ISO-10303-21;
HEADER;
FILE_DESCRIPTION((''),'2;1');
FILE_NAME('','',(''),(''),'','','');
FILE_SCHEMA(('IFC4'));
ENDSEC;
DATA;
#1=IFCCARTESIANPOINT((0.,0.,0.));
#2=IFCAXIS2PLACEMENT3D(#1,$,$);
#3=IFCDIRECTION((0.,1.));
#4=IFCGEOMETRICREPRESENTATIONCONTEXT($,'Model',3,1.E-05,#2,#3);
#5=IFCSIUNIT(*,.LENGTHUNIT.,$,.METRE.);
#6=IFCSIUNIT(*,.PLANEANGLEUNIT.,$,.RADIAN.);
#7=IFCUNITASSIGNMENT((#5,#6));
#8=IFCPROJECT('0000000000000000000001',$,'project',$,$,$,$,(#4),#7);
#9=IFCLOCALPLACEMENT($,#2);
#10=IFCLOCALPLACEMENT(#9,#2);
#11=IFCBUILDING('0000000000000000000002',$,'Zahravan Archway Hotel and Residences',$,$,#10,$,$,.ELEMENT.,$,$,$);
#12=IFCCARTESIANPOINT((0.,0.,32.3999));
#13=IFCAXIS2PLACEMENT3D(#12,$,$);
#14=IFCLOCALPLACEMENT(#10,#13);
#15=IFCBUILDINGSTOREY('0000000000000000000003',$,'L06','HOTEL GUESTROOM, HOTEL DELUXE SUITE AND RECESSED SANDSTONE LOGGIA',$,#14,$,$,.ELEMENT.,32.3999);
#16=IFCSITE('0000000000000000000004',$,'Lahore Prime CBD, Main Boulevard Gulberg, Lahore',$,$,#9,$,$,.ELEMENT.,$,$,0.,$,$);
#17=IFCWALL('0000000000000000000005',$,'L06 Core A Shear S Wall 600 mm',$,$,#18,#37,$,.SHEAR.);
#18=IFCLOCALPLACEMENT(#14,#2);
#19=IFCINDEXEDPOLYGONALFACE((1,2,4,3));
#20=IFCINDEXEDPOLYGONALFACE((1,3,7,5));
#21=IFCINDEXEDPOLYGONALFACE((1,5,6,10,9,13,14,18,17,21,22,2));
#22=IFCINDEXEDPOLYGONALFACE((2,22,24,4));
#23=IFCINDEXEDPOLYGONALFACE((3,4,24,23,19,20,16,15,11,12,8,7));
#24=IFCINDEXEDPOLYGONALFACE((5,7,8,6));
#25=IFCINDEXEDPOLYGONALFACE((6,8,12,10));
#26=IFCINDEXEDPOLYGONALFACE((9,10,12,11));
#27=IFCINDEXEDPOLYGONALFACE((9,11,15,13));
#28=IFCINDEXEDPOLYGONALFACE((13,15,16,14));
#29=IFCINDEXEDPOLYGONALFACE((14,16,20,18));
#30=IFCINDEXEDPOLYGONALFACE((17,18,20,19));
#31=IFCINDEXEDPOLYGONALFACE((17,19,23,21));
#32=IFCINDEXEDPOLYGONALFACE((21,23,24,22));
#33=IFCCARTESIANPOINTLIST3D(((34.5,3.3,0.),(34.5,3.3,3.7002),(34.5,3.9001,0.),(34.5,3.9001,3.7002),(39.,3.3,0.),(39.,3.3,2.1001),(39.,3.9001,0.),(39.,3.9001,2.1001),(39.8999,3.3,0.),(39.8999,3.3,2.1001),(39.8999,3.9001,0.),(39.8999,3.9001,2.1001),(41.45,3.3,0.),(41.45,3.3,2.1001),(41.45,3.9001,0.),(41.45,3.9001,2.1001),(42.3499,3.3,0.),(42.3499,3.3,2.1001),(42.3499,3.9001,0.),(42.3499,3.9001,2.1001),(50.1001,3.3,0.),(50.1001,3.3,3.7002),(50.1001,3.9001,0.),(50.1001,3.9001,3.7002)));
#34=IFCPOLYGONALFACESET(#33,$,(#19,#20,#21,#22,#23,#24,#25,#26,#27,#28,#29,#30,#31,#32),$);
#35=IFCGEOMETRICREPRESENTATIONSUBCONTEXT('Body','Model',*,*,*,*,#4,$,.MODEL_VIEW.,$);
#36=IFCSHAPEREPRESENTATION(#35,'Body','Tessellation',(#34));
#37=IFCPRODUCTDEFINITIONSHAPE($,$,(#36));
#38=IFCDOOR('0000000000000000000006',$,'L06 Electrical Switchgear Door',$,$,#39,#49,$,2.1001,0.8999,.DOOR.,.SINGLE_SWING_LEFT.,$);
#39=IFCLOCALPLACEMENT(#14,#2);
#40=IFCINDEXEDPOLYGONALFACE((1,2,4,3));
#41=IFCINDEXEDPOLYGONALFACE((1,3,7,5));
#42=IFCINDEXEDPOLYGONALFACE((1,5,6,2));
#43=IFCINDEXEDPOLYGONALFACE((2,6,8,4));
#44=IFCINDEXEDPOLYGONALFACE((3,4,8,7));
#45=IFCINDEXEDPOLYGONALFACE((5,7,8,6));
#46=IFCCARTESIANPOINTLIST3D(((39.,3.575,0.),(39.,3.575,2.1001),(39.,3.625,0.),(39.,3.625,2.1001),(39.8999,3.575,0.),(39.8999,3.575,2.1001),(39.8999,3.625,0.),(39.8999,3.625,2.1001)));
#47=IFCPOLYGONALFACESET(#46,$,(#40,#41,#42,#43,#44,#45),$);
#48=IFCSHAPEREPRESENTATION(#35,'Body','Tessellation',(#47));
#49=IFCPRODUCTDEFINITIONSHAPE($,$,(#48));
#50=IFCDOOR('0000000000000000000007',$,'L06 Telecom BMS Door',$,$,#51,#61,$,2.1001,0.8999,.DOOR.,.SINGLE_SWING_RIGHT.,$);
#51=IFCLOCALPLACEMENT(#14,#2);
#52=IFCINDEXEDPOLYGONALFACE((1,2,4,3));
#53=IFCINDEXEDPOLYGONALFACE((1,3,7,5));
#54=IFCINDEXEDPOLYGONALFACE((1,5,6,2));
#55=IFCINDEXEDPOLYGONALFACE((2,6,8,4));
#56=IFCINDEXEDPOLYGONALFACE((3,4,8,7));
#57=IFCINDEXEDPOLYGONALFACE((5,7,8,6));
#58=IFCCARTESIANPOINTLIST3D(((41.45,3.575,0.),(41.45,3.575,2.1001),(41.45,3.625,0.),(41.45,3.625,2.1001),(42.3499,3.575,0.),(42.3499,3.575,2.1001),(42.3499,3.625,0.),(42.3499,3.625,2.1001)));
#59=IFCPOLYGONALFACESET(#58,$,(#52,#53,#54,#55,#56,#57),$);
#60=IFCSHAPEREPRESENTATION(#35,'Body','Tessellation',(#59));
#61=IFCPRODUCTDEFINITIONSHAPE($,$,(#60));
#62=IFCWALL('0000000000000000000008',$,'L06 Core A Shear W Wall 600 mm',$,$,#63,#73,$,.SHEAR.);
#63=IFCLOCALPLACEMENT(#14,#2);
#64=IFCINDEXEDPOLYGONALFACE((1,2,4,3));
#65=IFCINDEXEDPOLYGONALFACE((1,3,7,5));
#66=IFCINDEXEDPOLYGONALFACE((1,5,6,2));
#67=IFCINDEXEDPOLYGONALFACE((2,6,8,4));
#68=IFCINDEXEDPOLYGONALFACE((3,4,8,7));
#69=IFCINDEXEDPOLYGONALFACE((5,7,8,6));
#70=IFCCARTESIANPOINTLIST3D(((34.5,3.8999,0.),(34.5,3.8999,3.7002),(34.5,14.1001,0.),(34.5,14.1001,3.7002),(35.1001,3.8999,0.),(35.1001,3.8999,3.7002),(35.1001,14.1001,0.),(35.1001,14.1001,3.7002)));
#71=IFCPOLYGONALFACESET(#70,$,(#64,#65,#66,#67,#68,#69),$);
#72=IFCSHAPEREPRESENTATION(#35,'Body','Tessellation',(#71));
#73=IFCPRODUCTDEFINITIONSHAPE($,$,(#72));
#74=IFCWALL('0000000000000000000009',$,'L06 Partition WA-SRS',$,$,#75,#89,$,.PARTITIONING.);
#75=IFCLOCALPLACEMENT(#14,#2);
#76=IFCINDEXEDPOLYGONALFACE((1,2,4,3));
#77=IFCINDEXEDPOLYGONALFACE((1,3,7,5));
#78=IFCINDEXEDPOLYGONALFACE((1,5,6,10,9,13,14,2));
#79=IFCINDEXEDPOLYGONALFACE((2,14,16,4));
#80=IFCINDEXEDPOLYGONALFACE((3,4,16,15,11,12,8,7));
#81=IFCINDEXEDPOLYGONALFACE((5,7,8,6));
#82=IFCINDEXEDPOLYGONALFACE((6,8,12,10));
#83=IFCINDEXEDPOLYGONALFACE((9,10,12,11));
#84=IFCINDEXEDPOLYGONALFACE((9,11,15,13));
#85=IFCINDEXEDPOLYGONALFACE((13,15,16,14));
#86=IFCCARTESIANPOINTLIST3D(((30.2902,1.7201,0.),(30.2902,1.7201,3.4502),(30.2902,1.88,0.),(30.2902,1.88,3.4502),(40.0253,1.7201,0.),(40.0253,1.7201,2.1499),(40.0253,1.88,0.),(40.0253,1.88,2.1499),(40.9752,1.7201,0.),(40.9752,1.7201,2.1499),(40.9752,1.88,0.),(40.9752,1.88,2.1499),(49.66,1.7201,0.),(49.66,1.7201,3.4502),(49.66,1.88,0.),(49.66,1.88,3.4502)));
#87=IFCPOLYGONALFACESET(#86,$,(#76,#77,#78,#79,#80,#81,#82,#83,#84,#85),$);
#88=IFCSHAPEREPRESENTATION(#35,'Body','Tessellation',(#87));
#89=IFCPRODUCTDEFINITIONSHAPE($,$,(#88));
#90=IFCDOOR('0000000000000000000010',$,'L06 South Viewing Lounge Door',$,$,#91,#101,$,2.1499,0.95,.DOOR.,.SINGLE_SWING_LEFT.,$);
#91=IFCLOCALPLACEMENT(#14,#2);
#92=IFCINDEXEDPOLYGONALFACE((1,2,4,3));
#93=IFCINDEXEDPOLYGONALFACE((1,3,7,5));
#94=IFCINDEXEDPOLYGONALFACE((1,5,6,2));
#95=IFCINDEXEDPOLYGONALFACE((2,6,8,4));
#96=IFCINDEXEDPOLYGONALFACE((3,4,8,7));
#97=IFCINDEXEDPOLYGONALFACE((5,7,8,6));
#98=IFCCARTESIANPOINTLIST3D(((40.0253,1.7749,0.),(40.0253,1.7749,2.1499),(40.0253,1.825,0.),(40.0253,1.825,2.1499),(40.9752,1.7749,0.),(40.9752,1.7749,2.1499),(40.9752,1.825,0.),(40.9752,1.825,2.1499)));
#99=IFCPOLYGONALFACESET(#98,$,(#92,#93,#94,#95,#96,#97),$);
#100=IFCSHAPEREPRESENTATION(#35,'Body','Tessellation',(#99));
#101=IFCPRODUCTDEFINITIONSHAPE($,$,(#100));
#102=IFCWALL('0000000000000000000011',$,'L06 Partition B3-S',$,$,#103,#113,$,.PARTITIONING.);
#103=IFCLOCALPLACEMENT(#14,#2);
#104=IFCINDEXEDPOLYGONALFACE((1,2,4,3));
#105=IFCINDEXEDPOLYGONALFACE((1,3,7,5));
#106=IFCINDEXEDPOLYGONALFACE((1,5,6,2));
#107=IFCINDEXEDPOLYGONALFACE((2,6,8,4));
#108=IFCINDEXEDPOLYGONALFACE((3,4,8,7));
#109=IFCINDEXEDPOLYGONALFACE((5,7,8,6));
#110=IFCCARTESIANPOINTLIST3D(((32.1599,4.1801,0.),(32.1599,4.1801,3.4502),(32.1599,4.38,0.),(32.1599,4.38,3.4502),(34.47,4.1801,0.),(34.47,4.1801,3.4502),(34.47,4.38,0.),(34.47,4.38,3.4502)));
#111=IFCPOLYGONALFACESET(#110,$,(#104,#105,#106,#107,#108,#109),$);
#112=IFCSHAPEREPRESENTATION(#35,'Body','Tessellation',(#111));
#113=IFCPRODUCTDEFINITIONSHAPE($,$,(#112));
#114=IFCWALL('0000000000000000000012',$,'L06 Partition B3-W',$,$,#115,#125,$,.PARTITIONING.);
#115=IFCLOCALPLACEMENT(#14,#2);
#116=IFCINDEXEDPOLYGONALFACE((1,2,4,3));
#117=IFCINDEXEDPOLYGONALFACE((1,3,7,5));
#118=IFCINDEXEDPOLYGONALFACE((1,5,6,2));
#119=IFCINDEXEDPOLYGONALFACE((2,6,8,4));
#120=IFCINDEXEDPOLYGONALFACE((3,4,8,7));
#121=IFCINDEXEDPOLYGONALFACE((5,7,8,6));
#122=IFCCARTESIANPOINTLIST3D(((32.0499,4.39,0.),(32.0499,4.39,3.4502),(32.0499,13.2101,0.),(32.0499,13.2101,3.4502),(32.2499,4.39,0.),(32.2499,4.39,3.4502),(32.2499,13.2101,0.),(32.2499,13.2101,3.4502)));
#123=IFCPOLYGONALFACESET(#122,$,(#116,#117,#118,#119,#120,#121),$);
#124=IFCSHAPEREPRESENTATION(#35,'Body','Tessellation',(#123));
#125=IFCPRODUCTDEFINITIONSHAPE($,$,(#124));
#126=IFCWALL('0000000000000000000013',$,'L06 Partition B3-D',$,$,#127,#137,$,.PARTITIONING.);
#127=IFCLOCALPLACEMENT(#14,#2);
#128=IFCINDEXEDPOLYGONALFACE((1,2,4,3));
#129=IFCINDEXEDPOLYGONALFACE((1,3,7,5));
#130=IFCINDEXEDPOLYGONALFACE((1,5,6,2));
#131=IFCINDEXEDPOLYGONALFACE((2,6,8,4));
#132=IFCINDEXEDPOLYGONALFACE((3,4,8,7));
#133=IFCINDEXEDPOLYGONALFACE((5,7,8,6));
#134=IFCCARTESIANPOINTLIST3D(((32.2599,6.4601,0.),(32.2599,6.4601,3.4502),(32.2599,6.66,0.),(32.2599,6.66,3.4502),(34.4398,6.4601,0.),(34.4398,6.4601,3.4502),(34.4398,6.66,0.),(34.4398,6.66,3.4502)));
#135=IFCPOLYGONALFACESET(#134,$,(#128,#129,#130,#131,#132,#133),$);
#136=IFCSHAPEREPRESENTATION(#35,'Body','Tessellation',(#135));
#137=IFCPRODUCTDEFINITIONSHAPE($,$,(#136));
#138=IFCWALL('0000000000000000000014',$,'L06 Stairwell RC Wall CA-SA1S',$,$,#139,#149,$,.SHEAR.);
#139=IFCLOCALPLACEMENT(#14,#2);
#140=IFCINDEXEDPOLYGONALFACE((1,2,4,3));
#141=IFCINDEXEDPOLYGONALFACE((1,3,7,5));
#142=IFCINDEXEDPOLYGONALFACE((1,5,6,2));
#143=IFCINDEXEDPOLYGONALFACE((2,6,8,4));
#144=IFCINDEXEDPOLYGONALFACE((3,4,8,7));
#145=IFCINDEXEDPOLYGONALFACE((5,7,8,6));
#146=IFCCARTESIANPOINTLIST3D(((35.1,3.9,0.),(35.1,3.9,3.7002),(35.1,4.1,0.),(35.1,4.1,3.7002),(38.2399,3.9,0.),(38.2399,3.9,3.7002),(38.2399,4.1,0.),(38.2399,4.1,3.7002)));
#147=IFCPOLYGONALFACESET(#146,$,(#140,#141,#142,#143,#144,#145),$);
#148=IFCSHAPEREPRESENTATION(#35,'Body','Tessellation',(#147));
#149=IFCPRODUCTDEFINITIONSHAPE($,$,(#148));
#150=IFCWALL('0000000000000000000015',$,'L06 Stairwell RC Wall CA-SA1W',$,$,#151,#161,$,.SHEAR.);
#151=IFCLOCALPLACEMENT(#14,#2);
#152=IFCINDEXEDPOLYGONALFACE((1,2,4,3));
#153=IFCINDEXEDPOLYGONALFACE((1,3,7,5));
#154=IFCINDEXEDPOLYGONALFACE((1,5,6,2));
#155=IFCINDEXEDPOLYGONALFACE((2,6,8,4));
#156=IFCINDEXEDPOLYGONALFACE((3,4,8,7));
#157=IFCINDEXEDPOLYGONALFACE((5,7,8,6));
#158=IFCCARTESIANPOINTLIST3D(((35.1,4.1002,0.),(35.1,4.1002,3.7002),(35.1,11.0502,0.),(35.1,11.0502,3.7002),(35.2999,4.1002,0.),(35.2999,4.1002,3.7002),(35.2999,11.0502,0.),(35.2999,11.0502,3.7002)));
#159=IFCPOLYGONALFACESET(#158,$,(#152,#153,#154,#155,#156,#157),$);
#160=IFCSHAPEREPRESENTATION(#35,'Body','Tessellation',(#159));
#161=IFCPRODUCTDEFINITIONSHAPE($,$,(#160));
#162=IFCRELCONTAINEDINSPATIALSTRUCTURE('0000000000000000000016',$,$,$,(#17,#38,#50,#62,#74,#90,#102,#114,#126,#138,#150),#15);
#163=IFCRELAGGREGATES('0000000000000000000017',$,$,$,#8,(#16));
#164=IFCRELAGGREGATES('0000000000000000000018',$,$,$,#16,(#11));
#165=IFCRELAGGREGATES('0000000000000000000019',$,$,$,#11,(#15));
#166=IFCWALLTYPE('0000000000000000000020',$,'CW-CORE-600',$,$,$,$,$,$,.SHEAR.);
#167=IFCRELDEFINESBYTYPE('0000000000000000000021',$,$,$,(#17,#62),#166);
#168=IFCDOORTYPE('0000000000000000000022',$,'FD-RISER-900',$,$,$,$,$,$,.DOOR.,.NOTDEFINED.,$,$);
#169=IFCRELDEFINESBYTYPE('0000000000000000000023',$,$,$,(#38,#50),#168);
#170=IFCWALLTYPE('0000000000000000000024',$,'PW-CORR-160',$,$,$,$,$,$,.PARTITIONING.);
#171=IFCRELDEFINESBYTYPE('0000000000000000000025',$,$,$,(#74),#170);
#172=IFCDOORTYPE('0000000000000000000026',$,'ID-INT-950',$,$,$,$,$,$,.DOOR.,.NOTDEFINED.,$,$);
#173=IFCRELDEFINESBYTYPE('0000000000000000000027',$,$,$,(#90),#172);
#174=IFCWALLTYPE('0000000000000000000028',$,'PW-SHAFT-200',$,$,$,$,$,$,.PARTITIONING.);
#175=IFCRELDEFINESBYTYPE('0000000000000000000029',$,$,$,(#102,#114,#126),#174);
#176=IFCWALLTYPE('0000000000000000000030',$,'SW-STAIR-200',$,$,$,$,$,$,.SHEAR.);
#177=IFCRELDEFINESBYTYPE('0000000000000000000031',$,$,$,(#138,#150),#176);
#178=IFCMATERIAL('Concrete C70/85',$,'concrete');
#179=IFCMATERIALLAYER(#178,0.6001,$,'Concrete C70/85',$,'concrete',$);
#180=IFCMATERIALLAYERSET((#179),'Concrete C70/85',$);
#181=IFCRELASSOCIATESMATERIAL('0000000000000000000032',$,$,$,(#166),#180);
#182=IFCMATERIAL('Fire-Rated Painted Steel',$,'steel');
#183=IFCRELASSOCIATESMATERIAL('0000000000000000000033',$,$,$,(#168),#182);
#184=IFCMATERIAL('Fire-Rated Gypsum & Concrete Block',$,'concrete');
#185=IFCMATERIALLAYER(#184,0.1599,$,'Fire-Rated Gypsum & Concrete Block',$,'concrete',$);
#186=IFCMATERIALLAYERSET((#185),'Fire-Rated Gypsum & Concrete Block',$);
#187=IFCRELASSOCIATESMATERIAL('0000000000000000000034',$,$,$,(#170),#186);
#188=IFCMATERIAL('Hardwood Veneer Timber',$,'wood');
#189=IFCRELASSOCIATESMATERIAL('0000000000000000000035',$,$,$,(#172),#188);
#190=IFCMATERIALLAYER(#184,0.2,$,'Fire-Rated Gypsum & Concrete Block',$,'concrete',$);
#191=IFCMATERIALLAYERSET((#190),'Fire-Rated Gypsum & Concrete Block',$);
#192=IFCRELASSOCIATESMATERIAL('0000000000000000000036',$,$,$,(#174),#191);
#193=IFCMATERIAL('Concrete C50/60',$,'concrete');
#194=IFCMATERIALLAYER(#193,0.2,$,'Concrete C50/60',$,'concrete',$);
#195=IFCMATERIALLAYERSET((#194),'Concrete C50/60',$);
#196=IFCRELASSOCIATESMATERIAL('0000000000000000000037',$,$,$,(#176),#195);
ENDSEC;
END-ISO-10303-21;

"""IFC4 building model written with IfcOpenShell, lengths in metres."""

from ifc_helpers import new_model, si_unit, direction, frame, frame_2d, origin, place, context, subcontext, project, spatial, rectangle, extrude, source, transform, mapped, material, layer, layer_set, type_object, type_shapes, element, fill, save


model = new_model("IFC4")

# Units and contexts
model_context = context("Model", 3, precision=1e-05, world=origin(), true_north=direction((0.0, 1.0)))
body_context = subcontext(model_context, "Body", "Model", "MODEL_VIEW")
ifc_project = project(units=[si_unit("LENGTHUNIT", "METRE"), si_unit("PLANEANGLEUNIT", "RADIAN")], contexts=[model_context])

# Site, building, storey
site_placement = place(None, origin())
site = spatial("IfcSite", under=ifc_project, at=site_placement, Name="Lahore Prime CBD, Main Boulevard Gulberg, Lahore", CompositionType="ELEMENT", RefElevation=0.0)
building_placement = place(site_placement, origin())
building = spatial("IfcBuilding", under=site, at=building_placement, Name="Zahravan Archway Hotel and Residences", CompositionType="ELEMENT")
storey_placement = place(building_placement, frame((0.0, 0.0, 32.3999)))
storey = spatial("IfcBuildingStorey", under=building, at=storey_placement, Name="L06", Description="HOTEL GUESTROOM, HOTEL DELUXE SUITE AND RECESSED SANDSTONE LOGGIA", CompositionType="ELEMENT", Elevation=32.3999)

# Shared definitions
ifc_material_1 = material(Name="Concrete C70/85", Category="concrete")

# Wall, openings, doors
ifc_layer_1 = layer(ifc_material_1, 0.6001, Name="Concrete C70/85", Category="concrete")
ifc_layer_set_1 = layer_set([ifc_layer_1], Name="Concrete C70/85")
wall_type_1 = type_object("IfcWallType", Name="CW-CORE-600", PredefinedType="SHEAR", material=ifc_layer_set_1)
wall_1_placement = place(storey_placement, frame((34.5, 3.6001, 0.0), z_axis=(0.0, 0.0, 1.0), x_axis=(1.0, 0.0, 0.0)))
wall_1 = element("IfcWall", 1, at=wall_1_placement, inside=storey, type_object=wall_type_1, Name="L06 Core A Shear S Wall 600 mm", PredefinedType="SHEAR", context=body_context, shape_type="SweptSolid", body=[
    extrude(rectangle(XDim=15.6001, YDim=0.6001, at=frame_2d((7.8, 0.0))), origin(), (0.0, 0.0, 1.0), 3.7002),
])
opening_1_placement = place(wall_1_placement, frame((4.5, 0.0, 0.0)))
opening_1 = element("IfcOpeningElement", 2, at=opening_1_placement, cuts=wall_1, PredefinedType="OPENING", context=body_context, shape_type="SweptSolid", body=[
    extrude(rectangle(XDim=0.8999, YDim=2.1001, at=frame_2d((0.45, 1.05))), frame((0.0, 0.3101, 0.0), z_axis=(0.0, -1.0, 0.0), x_axis=(1.0, 0.0, 0.0)), (0.0, 0.0, 1.0), 0.6201),
])
opening_2_placement = place(wall_1_placement, frame((6.95, 0.0, 0.0)))
opening_2 = element("IfcOpeningElement", 3, at=opening_2_placement, cuts=wall_1, PredefinedType="OPENING", context=body_context, shape_type="SweptSolid", body=[
    extrude(rectangle(XDim=0.8999, YDim=2.1001, at=frame_2d((0.45, 1.05))), frame((0.0, 0.3101, 0.0), z_axis=(0.0, -1.0, 0.0), x_axis=(1.0, 0.0, 0.0)), (0.0, 0.0, 1.0), 0.6201),
])
ifc_material_2 = material(Name="Fire-Rated Painted Steel", Category="steel")
door_type_1 = type_object("IfcDoorType", Name="FD-RISER-900", OperationType="NOTDEFINED", PredefinedType="DOOR", material=ifc_material_2)
shared_shape_1 = source(origin(), body_context, "Body", "SweptSolid", [
    extrude(rectangle(XDim=0.8999, YDim=2.1001, at=frame_2d((0.45, 1.05))), frame((0.0, 0.0249, 0.0), z_axis=(0.0, -1.0, 0.0), x_axis=(1.0, 0.0, 0.0)), (0.0, 0.0, 1.0), 0.05),
])
type_shapes(door_type_1, [shared_shape_1])
door_1_placement = place(opening_1_placement, origin())
door_1 = element("IfcDoor", 4, at=door_1_placement, inside=storey, type_object=door_type_1, Name="L06 Electrical Switchgear Door", OperationType="SINGLE_SWING_LEFT", OverallHeight=2.1001, OverallWidth=0.8999, PredefinedType="DOOR", context=body_context, shape_type="MappedRepresentation", body=[
    mapped(shared_shape_1, transform((0.0, 0.0, 0.0), scale=1.0)),
])
fill(opening_1, door_1)
door_2_placement = place(opening_2_placement, origin())
door_2 = element("IfcDoor", 5, at=door_2_placement, inside=storey, type_object=door_type_1, Name="L06 Telecom BMS Door", OperationType="SINGLE_SWING_RIGHT", OverallHeight=2.1001, OverallWidth=0.8999, PredefinedType="DOOR", context=body_context, shape_type="MappedRepresentation", body=[
    mapped(shared_shape_1, transform((0.0, 0.0, 0.0), scale=1.0)),
])
fill(opening_2, door_2)

# Wall
wall_2_placement = place(storey_placement, frame((34.8, 3.8999, 0.0), z_axis=(0.0, 0.0, 1.0), x_axis=(0.0, 1.0, 0.0)))
element("IfcWall", 6, at=wall_2_placement, inside=storey, type_object=wall_type_1, Name="L06 Core A Shear W Wall 600 mm", PredefinedType="SHEAR", context=body_context, shape_type="SweptSolid", body=[
    extrude(rectangle(XDim=10.2002, YDim=0.6001, at=frame_2d((5.1001, 0.0))), origin(), (0.0, 0.0, 1.0), 3.7002),
])

# Wall, opening, door
ifc_material_3 = material(Name="Fire-Rated Gypsum & Concrete Block", Category="concrete")
ifc_layer_2 = layer(ifc_material_3, 0.1599, Name="Fire-Rated Gypsum & Concrete Block", Category="concrete")
ifc_layer_set_2 = layer_set([ifc_layer_2], Name="Fire-Rated Gypsum & Concrete Block")
wall_type_2 = type_object("IfcWallType", Name="PW-CORR-160", PredefinedType="PARTITIONING", material=ifc_layer_set_2)
wall_3_placement = place(storey_placement, frame((30.29, 1.8, 0.0), z_axis=(0.0, 0.0, 1.0), x_axis=(1.0, 0.0, 0.0)))
wall_3 = element("IfcWall", 7, at=wall_3_placement, inside=storey, type_object=wall_type_2, Name="L06 Partition WA-SRS", PredefinedType="PARTITIONING", context=body_context, shape_type="SweptSolid", body=[
    extrude(rectangle(XDim=19.3699, YDim=0.1599, at=frame_2d((9.6851, 0.0))), origin(), (0.0, 0.0, 1.0), 3.4502),
])
opening_3_placement = place(wall_3_placement, frame((9.7351, 0.0, 0.0)))
opening_3 = element("IfcOpeningElement", 8, at=opening_3_placement, cuts=wall_3, PredefinedType="OPENING", context=body_context, shape_type="SweptSolid", body=[
    extrude(rectangle(XDim=0.95, YDim=2.1499, at=frame_2d((0.4751, 1.075))), frame((0.0, 0.0898, 0.0), z_axis=(0.0, -1.0, 0.0), x_axis=(1.0, 0.0, 0.0)), (0.0, 0.0, 1.0), 0.1799),
])
ifc_material_4 = material(Name="Hardwood Veneer Timber", Category="wood")
door_type_2 = type_object("IfcDoorType", Name="ID-INT-950", OperationType="NOTDEFINED", PredefinedType="DOOR", material=ifc_material_4)
shared_shape_2 = source(origin(), body_context, "Body", "SweptSolid", [
    extrude(rectangle(XDim=0.95, YDim=2.1499, at=frame_2d((0.4751, 1.075))), frame((0.0, 0.0249, 0.0), z_axis=(0.0, -1.0, 0.0), x_axis=(1.0, 0.0, 0.0)), (0.0, 0.0, 1.0), 0.05),
])
type_shapes(door_type_2, [shared_shape_2])
door_3_placement = place(opening_3_placement, origin())
door_3 = element("IfcDoor", 9, at=door_3_placement, inside=storey, type_object=door_type_2, Name="L06 South Viewing Lounge Door", OperationType="SINGLE_SWING_LEFT", OverallHeight=2.1499, OverallWidth=0.95, PredefinedType="DOOR", context=body_context, shape_type="MappedRepresentation", body=[
    mapped(shared_shape_2, transform((0.0, 0.0, 0.0), scale=1.0)),
])
fill(opening_3, door_3)

# Walls
ifc_layer_3 = layer(ifc_material_3, 0.2, Name="Fire-Rated Gypsum & Concrete Block", Category="concrete")
ifc_layer_set_3 = layer_set([ifc_layer_3], Name="Fire-Rated Gypsum & Concrete Block")
wall_type_3 = type_object("IfcWallType", Name="PW-SHAFT-200", PredefinedType="PARTITIONING", material=ifc_layer_set_3)
wall_4_placement = place(storey_placement, frame((32.1599, 4.28, 0.0), z_axis=(0.0, 0.0, 1.0), x_axis=(1.0, 0.0, 0.0)))
element("IfcWall", 10, at=wall_4_placement, inside=storey, type_object=wall_type_3, Name="L06 Partition B3-S", PredefinedType="PARTITIONING", context=body_context, shape_type="SweptSolid", body=[
    extrude(rectangle(XDim=2.3101, YDim=0.2, at=frame_2d((1.155, 0.0))), origin(), (0.0, 0.0, 1.0), 3.4502),
])
wall_5_placement = place(storey_placement, frame((32.1499, 4.3899, 0.0), z_axis=(0.0, 0.0, 1.0), x_axis=(0.0, 1.0, 0.0)))
element("IfcWall", 11, at=wall_5_placement, inside=storey, type_object=wall_type_3, Name="L06 Partition B3-W", PredefinedType="PARTITIONING", context=body_context, shape_type="SweptSolid", body=[
    extrude(rectangle(XDim=8.8201, YDim=0.2, at=frame_2d((4.4102, 0.0))), origin(), (0.0, 0.0, 1.0), 3.4502),
])
wall_6_placement = place(storey_placement, frame((32.26, 6.5601, 0.0), z_axis=(0.0, 0.0, 1.0), x_axis=(1.0, 0.0, 0.0)))
element("IfcWall", 12, at=wall_6_placement, inside=storey, type_object=wall_type_3, Name="L06 Partition B3-D", PredefinedType="PARTITIONING", context=body_context, shape_type="SweptSolid", body=[
    extrude(rectangle(XDim=2.1799, YDim=0.2, at=frame_2d((1.0898, 0.0))), origin(), (0.0, 0.0, 1.0), 3.4502),
])
ifc_material_5 = material(Name="Concrete C50/60", Category="concrete")
ifc_layer_4 = layer(ifc_material_5, 0.2, Name="Concrete C50/60", Category="concrete")
ifc_layer_set_4 = layer_set([ifc_layer_4], Name="Concrete C50/60")
wall_type_4 = type_object("IfcWallType", Name="SW-STAIR-200", PredefinedType="SHEAR", material=ifc_layer_set_4)
wall_7_placement = place(storey_placement, frame((35.1001, 4.0, 0.0), z_axis=(0.0, 0.0, 1.0), x_axis=(1.0, 0.0, 0.0)))
element("IfcWall", 13, at=wall_7_placement, inside=storey, type_object=wall_type_4, Name="L06 Stairwell RC Wall CA-SA1S", PredefinedType="SHEAR", context=body_context, shape_type="SweptSolid", body=[
    extrude(rectangle(XDim=3.1399, YDim=0.2, at=frame_2d((1.5698, 0.0))), origin(), (0.0, 0.0, 1.0), 3.7002),
])
wall_8_placement = place(storey_placement, frame((35.2, 4.1001, 0.0), z_axis=(0.0, 0.0, 1.0), x_axis=(0.0, 1.0, 0.0)))
element("IfcWall", 14, at=wall_8_placement, inside=storey, type_object=wall_type_4, Name="L06 Stairwell RC Wall CA-SA1W", PredefinedType="SHEAR", context=body_context, shape_type="SweptSolid", body=[
    extrude(rectangle(XDim=6.95, YDim=0.2, at=frame_2d((3.4751, 0.0))), origin(), (0.0, 0.0, 1.0), 3.7002),
])

save(model, "model.ifc")
